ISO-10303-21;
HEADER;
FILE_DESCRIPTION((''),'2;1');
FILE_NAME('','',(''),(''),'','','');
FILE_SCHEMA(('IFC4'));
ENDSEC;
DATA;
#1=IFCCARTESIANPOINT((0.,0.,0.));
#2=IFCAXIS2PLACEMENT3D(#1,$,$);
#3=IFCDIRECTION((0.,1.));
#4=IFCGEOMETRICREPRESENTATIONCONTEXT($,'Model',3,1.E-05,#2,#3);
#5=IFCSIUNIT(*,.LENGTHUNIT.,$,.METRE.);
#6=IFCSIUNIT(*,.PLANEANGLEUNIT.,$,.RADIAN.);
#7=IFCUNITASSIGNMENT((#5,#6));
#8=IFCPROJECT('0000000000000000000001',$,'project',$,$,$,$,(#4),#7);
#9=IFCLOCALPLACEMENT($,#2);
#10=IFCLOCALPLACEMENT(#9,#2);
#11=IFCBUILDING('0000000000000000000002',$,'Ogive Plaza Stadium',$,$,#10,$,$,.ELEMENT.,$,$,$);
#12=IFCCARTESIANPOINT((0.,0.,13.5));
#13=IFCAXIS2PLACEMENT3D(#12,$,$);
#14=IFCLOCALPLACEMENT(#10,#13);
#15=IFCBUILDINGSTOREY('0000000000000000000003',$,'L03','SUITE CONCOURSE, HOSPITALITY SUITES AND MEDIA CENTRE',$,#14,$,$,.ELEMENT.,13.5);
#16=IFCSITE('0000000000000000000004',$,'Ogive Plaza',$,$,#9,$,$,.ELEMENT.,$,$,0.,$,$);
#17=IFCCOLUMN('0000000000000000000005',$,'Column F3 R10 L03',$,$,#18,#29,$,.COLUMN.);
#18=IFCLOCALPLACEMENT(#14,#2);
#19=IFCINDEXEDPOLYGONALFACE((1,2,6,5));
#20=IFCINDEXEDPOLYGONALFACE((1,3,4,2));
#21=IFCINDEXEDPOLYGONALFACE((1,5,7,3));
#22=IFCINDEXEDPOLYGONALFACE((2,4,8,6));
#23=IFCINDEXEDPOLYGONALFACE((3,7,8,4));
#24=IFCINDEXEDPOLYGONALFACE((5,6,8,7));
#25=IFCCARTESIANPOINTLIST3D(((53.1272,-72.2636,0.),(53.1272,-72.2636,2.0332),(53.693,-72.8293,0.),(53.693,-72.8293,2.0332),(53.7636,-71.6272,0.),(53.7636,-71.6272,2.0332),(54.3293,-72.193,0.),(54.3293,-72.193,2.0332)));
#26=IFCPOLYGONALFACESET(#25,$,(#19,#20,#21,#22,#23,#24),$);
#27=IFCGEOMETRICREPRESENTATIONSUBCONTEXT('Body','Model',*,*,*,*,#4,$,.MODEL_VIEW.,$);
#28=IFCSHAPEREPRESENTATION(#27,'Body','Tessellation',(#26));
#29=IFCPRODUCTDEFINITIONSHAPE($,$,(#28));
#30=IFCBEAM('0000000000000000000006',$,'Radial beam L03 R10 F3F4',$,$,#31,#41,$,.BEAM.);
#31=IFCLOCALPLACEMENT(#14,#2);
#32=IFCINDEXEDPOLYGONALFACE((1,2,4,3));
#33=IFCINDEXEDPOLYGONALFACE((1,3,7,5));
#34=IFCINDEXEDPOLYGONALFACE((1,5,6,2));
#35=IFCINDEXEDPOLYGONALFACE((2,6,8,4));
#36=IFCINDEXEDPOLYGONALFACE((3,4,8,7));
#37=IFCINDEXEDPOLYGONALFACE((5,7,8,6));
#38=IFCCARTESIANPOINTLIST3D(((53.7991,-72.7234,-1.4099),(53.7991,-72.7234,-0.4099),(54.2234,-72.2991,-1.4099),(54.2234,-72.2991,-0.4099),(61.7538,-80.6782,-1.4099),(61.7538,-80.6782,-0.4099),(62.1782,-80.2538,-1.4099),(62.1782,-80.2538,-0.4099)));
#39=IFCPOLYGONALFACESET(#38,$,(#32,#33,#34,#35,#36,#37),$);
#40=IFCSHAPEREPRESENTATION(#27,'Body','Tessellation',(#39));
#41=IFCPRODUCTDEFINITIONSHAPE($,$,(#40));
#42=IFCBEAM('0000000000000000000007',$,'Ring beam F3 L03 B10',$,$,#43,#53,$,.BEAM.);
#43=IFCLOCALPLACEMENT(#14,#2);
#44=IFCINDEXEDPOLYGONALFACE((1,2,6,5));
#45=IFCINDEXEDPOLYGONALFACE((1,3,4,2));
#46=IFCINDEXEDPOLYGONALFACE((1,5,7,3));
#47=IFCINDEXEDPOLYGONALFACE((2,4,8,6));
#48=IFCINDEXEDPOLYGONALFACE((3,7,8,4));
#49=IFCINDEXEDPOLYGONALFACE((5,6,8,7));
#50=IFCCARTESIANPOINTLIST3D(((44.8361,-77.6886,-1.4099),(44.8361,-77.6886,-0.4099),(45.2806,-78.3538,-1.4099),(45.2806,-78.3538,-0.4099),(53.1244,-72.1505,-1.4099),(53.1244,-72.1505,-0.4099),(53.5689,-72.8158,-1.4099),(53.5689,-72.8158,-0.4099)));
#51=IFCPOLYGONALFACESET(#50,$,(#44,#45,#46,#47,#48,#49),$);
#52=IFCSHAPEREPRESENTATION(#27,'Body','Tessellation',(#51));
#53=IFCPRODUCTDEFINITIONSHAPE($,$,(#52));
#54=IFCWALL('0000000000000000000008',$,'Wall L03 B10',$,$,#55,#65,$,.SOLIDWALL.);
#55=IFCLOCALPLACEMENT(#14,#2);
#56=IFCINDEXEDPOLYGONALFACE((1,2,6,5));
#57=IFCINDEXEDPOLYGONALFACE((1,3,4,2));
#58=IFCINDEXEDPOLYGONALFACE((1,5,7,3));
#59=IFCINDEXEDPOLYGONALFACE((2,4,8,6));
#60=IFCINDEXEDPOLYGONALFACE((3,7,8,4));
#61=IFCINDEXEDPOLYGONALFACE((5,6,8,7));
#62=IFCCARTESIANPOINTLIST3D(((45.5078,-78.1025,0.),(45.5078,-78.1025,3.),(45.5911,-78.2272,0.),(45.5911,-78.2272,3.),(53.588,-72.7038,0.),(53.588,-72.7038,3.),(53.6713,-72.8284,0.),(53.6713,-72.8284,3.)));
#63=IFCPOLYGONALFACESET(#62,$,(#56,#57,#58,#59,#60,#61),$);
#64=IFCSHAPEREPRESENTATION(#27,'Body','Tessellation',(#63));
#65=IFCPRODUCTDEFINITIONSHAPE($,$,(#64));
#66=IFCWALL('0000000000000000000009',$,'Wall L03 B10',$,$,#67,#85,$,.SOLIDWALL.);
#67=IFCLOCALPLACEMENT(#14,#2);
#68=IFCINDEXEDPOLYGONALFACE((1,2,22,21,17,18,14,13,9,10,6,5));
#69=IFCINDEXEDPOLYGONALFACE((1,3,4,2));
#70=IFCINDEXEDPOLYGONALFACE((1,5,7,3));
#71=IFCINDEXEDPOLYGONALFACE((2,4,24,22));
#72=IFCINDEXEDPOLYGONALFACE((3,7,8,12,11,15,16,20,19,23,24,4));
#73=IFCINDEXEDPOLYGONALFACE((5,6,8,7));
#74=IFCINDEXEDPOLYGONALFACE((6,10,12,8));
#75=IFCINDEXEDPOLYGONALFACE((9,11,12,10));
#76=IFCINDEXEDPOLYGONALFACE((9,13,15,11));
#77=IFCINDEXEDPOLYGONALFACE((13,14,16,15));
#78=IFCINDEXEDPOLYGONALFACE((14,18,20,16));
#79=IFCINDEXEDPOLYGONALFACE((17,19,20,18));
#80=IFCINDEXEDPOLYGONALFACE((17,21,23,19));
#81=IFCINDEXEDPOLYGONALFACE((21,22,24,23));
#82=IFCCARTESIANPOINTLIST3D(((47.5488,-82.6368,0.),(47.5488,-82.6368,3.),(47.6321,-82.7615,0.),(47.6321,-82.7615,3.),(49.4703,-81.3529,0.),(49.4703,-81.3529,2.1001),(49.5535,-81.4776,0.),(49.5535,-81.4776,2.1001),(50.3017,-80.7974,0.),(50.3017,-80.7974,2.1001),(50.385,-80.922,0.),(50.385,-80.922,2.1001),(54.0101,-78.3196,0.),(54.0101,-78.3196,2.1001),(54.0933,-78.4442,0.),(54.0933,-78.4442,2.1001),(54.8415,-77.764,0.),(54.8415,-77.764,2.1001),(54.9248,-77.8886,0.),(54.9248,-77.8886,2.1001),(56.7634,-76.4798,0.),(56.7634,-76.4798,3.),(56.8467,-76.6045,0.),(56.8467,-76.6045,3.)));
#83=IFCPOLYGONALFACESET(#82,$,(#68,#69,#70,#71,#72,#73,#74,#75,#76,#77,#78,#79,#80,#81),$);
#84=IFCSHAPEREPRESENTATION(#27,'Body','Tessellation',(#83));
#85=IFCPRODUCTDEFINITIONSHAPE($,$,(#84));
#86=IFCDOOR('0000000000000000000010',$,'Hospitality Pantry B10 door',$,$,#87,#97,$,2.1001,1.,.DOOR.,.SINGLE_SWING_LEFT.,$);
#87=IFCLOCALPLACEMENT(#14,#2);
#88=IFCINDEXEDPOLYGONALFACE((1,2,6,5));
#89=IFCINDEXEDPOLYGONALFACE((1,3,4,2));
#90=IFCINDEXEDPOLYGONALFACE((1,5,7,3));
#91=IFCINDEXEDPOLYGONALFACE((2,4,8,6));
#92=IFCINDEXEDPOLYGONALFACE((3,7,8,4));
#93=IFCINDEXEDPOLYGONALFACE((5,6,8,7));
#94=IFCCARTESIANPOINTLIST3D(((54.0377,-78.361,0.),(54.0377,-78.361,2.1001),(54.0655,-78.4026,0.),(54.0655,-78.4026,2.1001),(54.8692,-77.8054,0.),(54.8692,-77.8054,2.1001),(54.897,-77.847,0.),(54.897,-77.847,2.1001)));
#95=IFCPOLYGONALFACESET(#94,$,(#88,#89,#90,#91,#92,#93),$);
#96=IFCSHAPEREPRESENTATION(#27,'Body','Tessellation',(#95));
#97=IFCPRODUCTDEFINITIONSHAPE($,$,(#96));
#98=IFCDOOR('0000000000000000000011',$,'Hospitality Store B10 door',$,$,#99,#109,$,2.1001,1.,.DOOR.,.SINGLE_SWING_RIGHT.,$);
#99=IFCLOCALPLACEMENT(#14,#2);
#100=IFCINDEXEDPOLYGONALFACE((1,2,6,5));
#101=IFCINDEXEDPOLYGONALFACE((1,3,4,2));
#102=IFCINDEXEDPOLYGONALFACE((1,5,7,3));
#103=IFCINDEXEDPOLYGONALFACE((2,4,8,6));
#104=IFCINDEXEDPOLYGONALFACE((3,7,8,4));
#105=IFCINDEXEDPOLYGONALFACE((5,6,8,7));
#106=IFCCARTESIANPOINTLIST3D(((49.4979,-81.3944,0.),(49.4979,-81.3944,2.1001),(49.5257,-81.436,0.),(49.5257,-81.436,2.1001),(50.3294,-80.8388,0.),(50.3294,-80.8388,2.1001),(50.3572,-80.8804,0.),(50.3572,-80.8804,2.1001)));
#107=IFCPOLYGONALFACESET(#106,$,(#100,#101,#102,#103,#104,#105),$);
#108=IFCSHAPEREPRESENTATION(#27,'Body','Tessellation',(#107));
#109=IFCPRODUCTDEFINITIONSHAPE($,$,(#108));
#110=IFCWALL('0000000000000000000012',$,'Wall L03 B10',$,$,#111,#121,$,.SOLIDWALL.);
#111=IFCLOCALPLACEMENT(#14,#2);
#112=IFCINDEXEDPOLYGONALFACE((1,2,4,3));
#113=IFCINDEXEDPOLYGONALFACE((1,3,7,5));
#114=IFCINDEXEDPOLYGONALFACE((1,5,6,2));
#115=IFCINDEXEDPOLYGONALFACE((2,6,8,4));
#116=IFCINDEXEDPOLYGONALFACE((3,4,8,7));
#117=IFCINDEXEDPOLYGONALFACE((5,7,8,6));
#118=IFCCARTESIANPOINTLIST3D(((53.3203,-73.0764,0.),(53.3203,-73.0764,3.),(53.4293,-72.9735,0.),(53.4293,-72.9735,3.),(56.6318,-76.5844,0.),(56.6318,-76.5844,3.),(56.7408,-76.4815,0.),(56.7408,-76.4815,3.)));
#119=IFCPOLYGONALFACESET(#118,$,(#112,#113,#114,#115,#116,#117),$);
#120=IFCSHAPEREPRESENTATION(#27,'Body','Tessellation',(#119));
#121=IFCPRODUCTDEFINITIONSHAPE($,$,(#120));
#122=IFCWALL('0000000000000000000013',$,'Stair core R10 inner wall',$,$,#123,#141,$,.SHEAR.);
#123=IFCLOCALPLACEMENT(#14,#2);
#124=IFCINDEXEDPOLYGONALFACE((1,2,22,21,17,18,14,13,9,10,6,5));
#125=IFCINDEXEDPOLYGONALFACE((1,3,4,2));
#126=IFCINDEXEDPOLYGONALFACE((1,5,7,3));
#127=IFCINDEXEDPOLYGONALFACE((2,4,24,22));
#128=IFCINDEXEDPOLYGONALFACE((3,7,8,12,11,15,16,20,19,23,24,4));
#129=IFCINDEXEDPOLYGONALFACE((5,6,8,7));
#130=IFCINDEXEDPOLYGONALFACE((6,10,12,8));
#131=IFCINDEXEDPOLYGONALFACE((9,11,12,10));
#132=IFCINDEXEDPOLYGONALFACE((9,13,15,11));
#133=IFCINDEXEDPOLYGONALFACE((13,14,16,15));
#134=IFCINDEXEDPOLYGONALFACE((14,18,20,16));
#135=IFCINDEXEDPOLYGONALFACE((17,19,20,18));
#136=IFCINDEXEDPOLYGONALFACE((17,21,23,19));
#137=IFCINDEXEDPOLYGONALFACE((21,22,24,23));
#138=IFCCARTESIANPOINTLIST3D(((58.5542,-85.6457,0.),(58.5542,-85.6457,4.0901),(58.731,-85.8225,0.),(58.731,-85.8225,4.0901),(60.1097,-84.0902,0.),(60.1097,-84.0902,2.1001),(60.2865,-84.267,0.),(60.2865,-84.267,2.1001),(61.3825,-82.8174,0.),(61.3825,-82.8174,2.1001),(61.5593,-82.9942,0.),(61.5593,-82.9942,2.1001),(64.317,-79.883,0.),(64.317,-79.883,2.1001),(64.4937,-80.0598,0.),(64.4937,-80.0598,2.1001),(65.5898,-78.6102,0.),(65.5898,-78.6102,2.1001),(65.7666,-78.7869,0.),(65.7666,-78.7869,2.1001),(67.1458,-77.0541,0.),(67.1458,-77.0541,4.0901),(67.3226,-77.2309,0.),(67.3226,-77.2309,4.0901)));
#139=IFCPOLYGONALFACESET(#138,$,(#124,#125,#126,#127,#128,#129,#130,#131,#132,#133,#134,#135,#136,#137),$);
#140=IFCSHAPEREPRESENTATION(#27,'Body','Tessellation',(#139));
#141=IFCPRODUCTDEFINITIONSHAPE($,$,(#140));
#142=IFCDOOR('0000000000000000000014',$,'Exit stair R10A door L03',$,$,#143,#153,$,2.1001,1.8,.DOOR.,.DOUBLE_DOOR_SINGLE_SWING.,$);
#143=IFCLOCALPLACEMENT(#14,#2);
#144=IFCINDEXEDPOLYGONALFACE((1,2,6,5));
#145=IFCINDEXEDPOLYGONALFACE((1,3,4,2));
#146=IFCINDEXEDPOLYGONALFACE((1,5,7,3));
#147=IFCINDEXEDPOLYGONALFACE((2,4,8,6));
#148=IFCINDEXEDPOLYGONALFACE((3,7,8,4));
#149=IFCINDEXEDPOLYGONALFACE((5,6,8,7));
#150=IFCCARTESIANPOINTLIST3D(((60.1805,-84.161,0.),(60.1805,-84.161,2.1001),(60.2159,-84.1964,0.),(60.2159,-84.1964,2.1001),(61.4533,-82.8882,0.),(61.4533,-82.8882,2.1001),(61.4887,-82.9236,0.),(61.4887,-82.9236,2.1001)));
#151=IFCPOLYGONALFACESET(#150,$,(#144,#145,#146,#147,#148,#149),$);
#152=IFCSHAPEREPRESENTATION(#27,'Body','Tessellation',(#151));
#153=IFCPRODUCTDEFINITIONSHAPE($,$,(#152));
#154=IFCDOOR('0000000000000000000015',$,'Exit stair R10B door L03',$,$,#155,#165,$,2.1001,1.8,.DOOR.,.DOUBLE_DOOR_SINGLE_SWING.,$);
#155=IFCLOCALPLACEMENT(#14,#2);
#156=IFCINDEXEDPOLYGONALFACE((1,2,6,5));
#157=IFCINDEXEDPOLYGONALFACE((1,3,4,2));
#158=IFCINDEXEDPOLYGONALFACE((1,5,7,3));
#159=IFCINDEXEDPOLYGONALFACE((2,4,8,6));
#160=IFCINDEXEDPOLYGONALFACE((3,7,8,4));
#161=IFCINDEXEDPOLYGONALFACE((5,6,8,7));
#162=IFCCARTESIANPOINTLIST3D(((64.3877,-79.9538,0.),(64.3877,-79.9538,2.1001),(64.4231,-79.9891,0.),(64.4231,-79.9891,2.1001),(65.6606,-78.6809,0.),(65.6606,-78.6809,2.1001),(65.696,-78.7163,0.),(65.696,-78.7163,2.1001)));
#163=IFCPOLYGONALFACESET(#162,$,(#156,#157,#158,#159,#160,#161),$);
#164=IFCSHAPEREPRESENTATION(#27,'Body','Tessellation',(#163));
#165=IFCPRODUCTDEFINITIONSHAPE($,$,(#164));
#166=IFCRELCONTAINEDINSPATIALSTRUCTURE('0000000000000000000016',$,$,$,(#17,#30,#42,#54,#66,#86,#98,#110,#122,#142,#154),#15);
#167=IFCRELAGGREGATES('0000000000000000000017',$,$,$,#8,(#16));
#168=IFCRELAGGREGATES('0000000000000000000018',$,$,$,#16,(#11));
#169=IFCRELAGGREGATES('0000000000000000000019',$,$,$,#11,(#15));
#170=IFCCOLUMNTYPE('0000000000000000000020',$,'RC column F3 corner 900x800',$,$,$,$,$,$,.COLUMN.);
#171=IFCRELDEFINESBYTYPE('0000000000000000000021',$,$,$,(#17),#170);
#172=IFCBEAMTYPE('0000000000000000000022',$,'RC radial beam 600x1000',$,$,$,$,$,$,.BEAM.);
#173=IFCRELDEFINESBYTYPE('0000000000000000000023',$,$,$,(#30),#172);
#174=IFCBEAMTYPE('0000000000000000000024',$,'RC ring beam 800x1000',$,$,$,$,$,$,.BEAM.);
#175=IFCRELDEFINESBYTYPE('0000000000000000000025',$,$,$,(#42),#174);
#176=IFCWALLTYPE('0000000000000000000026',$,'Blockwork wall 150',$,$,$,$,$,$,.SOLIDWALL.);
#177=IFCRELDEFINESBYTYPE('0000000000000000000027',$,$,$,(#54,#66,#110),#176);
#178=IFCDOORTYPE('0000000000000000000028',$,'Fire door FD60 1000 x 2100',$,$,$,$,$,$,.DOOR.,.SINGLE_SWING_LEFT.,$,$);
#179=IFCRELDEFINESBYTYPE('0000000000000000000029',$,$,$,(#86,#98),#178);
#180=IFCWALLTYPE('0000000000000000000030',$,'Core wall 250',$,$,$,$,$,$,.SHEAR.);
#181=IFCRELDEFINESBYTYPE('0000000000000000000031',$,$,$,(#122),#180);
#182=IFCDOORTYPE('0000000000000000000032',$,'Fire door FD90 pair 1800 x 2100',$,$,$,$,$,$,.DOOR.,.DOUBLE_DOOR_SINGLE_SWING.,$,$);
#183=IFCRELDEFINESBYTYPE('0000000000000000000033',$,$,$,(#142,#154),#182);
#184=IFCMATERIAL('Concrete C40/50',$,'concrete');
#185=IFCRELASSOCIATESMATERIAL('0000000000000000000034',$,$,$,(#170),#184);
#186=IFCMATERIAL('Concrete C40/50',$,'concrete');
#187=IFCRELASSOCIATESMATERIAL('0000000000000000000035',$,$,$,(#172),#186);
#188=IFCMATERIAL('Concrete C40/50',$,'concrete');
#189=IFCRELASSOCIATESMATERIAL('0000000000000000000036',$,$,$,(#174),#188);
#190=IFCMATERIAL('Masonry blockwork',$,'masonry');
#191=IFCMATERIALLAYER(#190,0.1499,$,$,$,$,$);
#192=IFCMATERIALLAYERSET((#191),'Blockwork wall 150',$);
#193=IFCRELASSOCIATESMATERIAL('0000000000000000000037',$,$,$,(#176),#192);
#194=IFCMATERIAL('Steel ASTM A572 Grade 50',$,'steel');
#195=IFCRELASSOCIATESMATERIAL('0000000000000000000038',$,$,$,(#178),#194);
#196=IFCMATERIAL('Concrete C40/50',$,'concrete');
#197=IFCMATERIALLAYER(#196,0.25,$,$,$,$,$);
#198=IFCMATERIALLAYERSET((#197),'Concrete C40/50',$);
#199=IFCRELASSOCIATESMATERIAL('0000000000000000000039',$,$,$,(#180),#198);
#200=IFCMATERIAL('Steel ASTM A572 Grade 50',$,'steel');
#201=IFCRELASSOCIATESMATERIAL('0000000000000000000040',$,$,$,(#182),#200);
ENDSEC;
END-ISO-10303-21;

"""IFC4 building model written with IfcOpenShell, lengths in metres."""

from ifc_helpers import new_model, si_unit, direction, frame, frame_2d, origin, origin_2d, place, context, subcontext, project, spatial, rectangle, extrude, material, layer, layer_set, material_profile, profile_set, type_object, element, fill, save


model = new_model("IFC4")

# Units and contexts
model_context = context("Model", 3, precision=1e-05, world=origin(), true_north=direction((0.0, 1.0)))
body_context = subcontext(model_context, "Body", "Model", "MODEL_VIEW")
ifc_project = project(units=[si_unit("LENGTHUNIT", "METRE"), si_unit("PLANEANGLEUNIT", "RADIAN")], contexts=[model_context])

# Site, building, storey
site_placement = place(None, origin())
site = spatial("IfcSite", under=ifc_project, at=site_placement, Name="Ogive Plaza", CompositionType="ELEMENT", RefElevation=0.0)
building_placement = place(site_placement, origin())
building = spatial("IfcBuilding", under=site, at=building_placement, Name="Ogive Plaza Stadium", CompositionType="ELEMENT")
storey_placement = place(building_placement, frame((0.0, 0.0, 13.5)))
storey = spatial("IfcBuildingStorey", under=building, at=storey_placement, Name="L03", Description="SUITE CONCOURSE, HOSPITALITY SUITES AND MEDIA CENTRE", CompositionType="ELEMENT", Elevation=13.5)

# Column
ifc_material_1 = material(Name="Concrete C40/50", Category="concrete")
ifc_material_profile_1 = material_profile(ifc_material_1, rectangle(XDim=0.8999, YDim=0.8, at=origin_2d()), Name="RC 900x800")
ifc_profile_set_1 = profile_set([ifc_material_profile_1], Name="Concrete C40/50")
column_type = type_object("IfcColumnType", Name="RC column F3 corner 900x800", PredefinedType="COLUMN", material=ifc_profile_set_1)
column_placement = place(storey_placement, frame((53.7283, -72.2283, 0.0), z_axis=(0.0, 0.0, 1.0), x_axis=(0.707107, 0.707107, 0.0)))
element("IfcColumn", 1, at=column_placement, inside=storey, type_object=column_type, Name="Column F3 R10 L03", PredefinedType="COLUMN", context=body_context, shape_type="SweptSolid", body=[
    extrude(rectangle(XDim=0.8999, YDim=0.8, at=origin_2d()), origin(), (0.0, 0.0, 1.0), 2.0332),
])

# Beams
ifc_material_2 = material(Name="Concrete C40/50", Category="concrete")
ifc_material_profile_2 = material_profile(ifc_material_2, rectangle(XDim=0.6001, YDim=1.0, at=origin_2d()), Name="RC 600x1000")
ifc_profile_set_2 = profile_set([ifc_material_profile_2], Name="Concrete C40/50")
beam_type_1 = type_object("IfcBeamType", Name="RC radial beam 600x1000", PredefinedType="BEAM", material=ifc_profile_set_2)
beam_1_placement = place(storey_placement, frame((54.0112, -72.5112, -0.9099), z_axis=(0.707107, -0.707107, 0.0), x_axis=(0.707107, 0.707107, 0.0)))
element("IfcBeam", 2, at=beam_1_placement, inside=storey, type_object=beam_type_1, Name="Radial beam L03 R10 F3F4", PredefinedType="BEAM", context=body_context, shape_type="SweptSolid", body=[
    extrude(rectangle(XDim=0.6001, YDim=1.0, at=origin_2d()), origin(), (0.0, 0.0, 1.0), 11.2498),
])
ifc_material_3 = material(Name="Concrete C40/50", Category="concrete")
ifc_material_profile_3 = material_profile(ifc_material_3, rectangle(XDim=0.8, YDim=1.0, at=origin_2d()), Name="RC 800x1000")
ifc_profile_set_3 = profile_set([ifc_material_profile_3], Name="Concrete C40/50")
beam_type_2 = type_object("IfcBeamType", Name="RC ring beam 800x1000", PredefinedType="BEAM", material=ifc_profile_set_3)
beam_2_placement = place(storey_placement, frame((53.3467, -72.4832, -0.9099), z_axis=(-0.83147, -0.55557, 0.0), x_axis=(0.55557, -0.83147, 0.0)))
element("IfcBeam", 3, at=beam_2_placement, inside=storey, type_object=beam_type_2, Name="Ring beam F3 L03 B10", PredefinedType="BEAM", context=body_context, shape_type="SweptSolid", body=[
    extrude(rectangle(XDim=0.8, YDim=1.0, at=origin_2d()), origin(), (0.0, 0.0, 1.0), 9.9683),
])

# Wall
ifc_material_4 = material(Name="Masonry blockwork", Category="masonry")
ifc_layer_1 = layer(ifc_material_4, 0.1499)
ifc_layer_set_1 = layer_set([ifc_layer_1], Name="Blockwork wall 150")
wall_type_1 = type_object("IfcWallType", Name="Blockwork wall 150", PredefinedType="SOLIDWALL", material=ifc_layer_set_1)
wall_1_placement = place(storey_placement, frame((53.6296, -72.7661, 0.0), z_axis=(0.0, 0.0, 1.0), x_axis=(-0.831482, -0.555552, 0.0)))
element("IfcWall", 4, at=wall_1_placement, inside=storey, type_object=wall_type_1, Name="Wall L03 B10", PredefinedType="SOLIDWALL", context=body_context, shape_type="SweptSolid", body=[
    extrude(rectangle(XDim=9.7178, YDim=0.1499, at=frame_2d((4.8589, 0.0))), origin(), (0.0, 0.0, 1.0), 3.0),
])

# Wall, openings, doors
wall_2_placement = place(storey_placement, frame((56.8049, -76.5422, 0.0), z_axis=(0.0, 0.0, 1.0), x_axis=(-0.83147, -0.555569, 0.0)))
wall_2 = element("IfcWall", 5, at=wall_2_placement, inside=storey, type_object=wall_type_1, Name="Wall L03 B10", PredefinedType="SOLIDWALL", context=body_context, shape_type="SweptSolid", body=[
    extrude(rectangle(XDim=11.0823, YDim=0.1499, at=frame_2d((5.541, 0.0))), origin(), (0.0, 0.0, 1.0), 3.0),
])
opening_1_placement = place(wall_2_placement, frame((2.3113, 0.0, 0.0)))
opening_1 = element("IfcOpeningElement", 6, at=opening_1_placement, cuts=wall_2, PredefinedType="OPENING", context=body_context, shape_type="SweptSolid", body=[
    extrude(rectangle(XDim=1.0, YDim=2.1001, at=frame_2d((0.5, 1.05))), frame((0.0, 0.075, 0.0), z_axis=(0.0, -1.0, 0.0), x_axis=(1.0, 0.0, 0.0)), (0.0, 0.0, 1.0), 0.1499),
])
opening_2_placement = place(wall_2_placement, frame((7.7712, 0.0, 0.0)))
opening_2 = element("IfcOpeningElement", 7, at=opening_2_placement, cuts=wall_2, PredefinedType="OPENING", context=body_context, shape_type="SweptSolid", body=[
    extrude(rectangle(XDim=1.0, YDim=2.1001, at=frame_2d((0.5, 1.05))), frame((0.0, 0.075, 0.0), z_axis=(0.0, -1.0, 0.0), x_axis=(1.0, 0.0, 0.0)), (0.0, 0.0, 1.0), 0.1499),
])
ifc_material_5 = material(Name="Steel ASTM A572 Grade 50", Category="steel")
door_type_1 = type_object("IfcDoorType", Name="Fire door FD60 1000 x 2100", OperationType="SINGLE_SWING_LEFT", PredefinedType="DOOR", material=ifc_material_5)
door_1_placement = place(opening_1_placement, origin())
door_1 = element("IfcDoor", 8, at=door_1_placement, inside=storey, type_object=door_type_1, Name="Hospitality Pantry B10 door", OperationType="SINGLE_SWING_LEFT", OverallHeight=2.1001, OverallWidth=1.0, PredefinedType="DOOR", context=body_context, shape_type="SweptSolid", body=[
    extrude(rectangle(XDim=1.0, YDim=2.1001, at=frame_2d((0.5, 1.05))), frame((0.0, 0.0249, 0.0), z_axis=(0.0, -1.0, 0.0), x_axis=(1.0, 0.0, 0.0)), (0.0, 0.0, 1.0), 0.05),
])
fill(opening_1, door_1)
door_2_placement = place(opening_2_placement, origin())
door_2 = element("IfcDoor", 9, at=door_2_placement, inside=storey, type_object=door_type_1, Name="Hospitality Store B10 door", OperationType="SINGLE_SWING_RIGHT", OverallHeight=2.1001, OverallWidth=1.0, PredefinedType="DOOR", context=body_context, shape_type="SweptSolid", body=[
    extrude(rectangle(XDim=1.0, YDim=2.1001, at=frame_2d((0.5, 1.05))), frame((0.0, 0.0249, 0.0), z_axis=(0.0, -1.0, 0.0), x_axis=(1.0, 0.0, 0.0)), (0.0, 0.0, 1.0), 0.05),
])
fill(opening_2, door_2)

# Wall
wall_3_placement = place(storey_placement, frame((53.3748, -73.0249, 0.0), z_axis=(0.0, 0.0, 1.0), x_axis=(0.686444, -0.727183, 0.0)))
element("IfcWall", 10, at=wall_3_placement, inside=storey, type_object=wall_type_1, Name="Wall L03 B10", PredefinedType="SOLIDWALL", context=body_context, shape_type="SweptSolid", body=[
    extrude(rectangle(XDim=4.8242, YDim=0.1499, at=frame_2d((2.4121, 0.0))), origin(), (0.0, 0.0, 1.0), 3.0),
])

# Wall, openings, doors
ifc_material_6 = material(Name="Concrete C40/50", Category="concrete")
ifc_layer_2 = layer(ifc_material_6, 0.25)
ifc_layer_set_2 = layer_set([ifc_layer_2], Name="Concrete C40/50")
wall_type_2 = type_object("IfcWallType", Name="Core wall 250", PredefinedType="SHEAR", material=ifc_layer_set_2)
wall_4_placement = place(storey_placement, frame((58.6426, -85.7341, 0.0), z_axis=(0.0, 0.0, 1.0), x_axis=(0.707107, 0.707107, 0.0)))
wall_4 = element("IfcWall", 11, at=wall_4_placement, inside=storey, type_object=wall_type_2, Name="Stair core R10 inner wall", PredefinedType="SHEAR", context=body_context, shape_type="SweptSolid", body=[
    extrude(rectangle(XDim=12.1504, YDim=0.25, at=frame_2d((6.0752, 0.0))), origin(), (0.0, 0.0, 1.0), 4.0901),
])
opening_3_placement = place(wall_4_placement, frame((2.2, 0.0, 0.0)))
opening_3 = element("IfcOpeningElement", 12, at=opening_3_placement, cuts=wall_4, PredefinedType="OPENING", context=body_context, shape_type="SweptSolid", body=[
    extrude(rectangle(XDim=1.8, YDim=2.1001, at=frame_2d((0.8999, 1.05))), frame((0.0, 0.125, 0.0), z_axis=(0.0, -1.0, 0.0), x_axis=(1.0, 0.0, 0.0)), (0.0, 0.0, 1.0), 0.25),
])
opening_4_placement = place(wall_4_placement, frame((8.1499, 0.0, 0.0)))
opening_4 = element("IfcOpeningElement", 13, at=opening_4_placement, cuts=wall_4, PredefinedType="OPENING", context=body_context, shape_type="SweptSolid", body=[
    extrude(rectangle(XDim=1.8, YDim=2.1001, at=frame_2d((0.8999, 1.05))), frame((0.0, 0.125, 0.0), z_axis=(0.0, -1.0, 0.0), x_axis=(1.0, 0.0, 0.0)), (0.0, 0.0, 1.0), 0.25),
])
ifc_material_7 = material(Name="Steel ASTM A572 Grade 50", Category="steel")
door_type_2 = type_object("IfcDoorType", Name="Fire door FD90 pair 1800 x 2100", OperationType="DOUBLE_DOOR_SINGLE_SWING", PredefinedType="DOOR", material=ifc_material_7)
door_3_placement = place(opening_3_placement, origin())
door_3 = element("IfcDoor", 14, at=door_3_placement, inside=storey, type_object=door_type_2, Name="Exit stair R10A door L03", OperationType="DOUBLE_DOOR_SINGLE_SWING", OverallHeight=2.1001, OverallWidth=1.8, PredefinedType="DOOR", context=body_context, shape_type="SweptSolid", body=[
    extrude(rectangle(XDim=1.8, YDim=2.1001, at=frame_2d((0.8999, 1.05))), frame((0.0, 0.0249, 0.0), z_axis=(0.0, -1.0, 0.0), x_axis=(1.0, 0.0, 0.0)), (0.0, 0.0, 1.0), 0.05),
])
fill(opening_3, door_3)
door_4_placement = place(opening_4_placement, origin())
door_4 = element("IfcDoor", 15, at=door_4_placement, inside=storey, type_object=door_type_2, Name="Exit stair R10B door L03", OperationType="DOUBLE_DOOR_SINGLE_SWING", OverallHeight=2.1001, OverallWidth=1.8, PredefinedType="DOOR", context=body_context, shape_type="SweptSolid", body=[
    extrude(rectangle(XDim=1.8, YDim=2.1001, at=frame_2d((0.8999, 1.05))), frame((0.0, 0.0249, 0.0), z_axis=(0.0, -1.0, 0.0), x_axis=(1.0, 0.0, 0.0)), (0.0, 0.0, 1.0), 0.05),
])
fill(opening_4, door_4)

save(model, "model.ifc")
